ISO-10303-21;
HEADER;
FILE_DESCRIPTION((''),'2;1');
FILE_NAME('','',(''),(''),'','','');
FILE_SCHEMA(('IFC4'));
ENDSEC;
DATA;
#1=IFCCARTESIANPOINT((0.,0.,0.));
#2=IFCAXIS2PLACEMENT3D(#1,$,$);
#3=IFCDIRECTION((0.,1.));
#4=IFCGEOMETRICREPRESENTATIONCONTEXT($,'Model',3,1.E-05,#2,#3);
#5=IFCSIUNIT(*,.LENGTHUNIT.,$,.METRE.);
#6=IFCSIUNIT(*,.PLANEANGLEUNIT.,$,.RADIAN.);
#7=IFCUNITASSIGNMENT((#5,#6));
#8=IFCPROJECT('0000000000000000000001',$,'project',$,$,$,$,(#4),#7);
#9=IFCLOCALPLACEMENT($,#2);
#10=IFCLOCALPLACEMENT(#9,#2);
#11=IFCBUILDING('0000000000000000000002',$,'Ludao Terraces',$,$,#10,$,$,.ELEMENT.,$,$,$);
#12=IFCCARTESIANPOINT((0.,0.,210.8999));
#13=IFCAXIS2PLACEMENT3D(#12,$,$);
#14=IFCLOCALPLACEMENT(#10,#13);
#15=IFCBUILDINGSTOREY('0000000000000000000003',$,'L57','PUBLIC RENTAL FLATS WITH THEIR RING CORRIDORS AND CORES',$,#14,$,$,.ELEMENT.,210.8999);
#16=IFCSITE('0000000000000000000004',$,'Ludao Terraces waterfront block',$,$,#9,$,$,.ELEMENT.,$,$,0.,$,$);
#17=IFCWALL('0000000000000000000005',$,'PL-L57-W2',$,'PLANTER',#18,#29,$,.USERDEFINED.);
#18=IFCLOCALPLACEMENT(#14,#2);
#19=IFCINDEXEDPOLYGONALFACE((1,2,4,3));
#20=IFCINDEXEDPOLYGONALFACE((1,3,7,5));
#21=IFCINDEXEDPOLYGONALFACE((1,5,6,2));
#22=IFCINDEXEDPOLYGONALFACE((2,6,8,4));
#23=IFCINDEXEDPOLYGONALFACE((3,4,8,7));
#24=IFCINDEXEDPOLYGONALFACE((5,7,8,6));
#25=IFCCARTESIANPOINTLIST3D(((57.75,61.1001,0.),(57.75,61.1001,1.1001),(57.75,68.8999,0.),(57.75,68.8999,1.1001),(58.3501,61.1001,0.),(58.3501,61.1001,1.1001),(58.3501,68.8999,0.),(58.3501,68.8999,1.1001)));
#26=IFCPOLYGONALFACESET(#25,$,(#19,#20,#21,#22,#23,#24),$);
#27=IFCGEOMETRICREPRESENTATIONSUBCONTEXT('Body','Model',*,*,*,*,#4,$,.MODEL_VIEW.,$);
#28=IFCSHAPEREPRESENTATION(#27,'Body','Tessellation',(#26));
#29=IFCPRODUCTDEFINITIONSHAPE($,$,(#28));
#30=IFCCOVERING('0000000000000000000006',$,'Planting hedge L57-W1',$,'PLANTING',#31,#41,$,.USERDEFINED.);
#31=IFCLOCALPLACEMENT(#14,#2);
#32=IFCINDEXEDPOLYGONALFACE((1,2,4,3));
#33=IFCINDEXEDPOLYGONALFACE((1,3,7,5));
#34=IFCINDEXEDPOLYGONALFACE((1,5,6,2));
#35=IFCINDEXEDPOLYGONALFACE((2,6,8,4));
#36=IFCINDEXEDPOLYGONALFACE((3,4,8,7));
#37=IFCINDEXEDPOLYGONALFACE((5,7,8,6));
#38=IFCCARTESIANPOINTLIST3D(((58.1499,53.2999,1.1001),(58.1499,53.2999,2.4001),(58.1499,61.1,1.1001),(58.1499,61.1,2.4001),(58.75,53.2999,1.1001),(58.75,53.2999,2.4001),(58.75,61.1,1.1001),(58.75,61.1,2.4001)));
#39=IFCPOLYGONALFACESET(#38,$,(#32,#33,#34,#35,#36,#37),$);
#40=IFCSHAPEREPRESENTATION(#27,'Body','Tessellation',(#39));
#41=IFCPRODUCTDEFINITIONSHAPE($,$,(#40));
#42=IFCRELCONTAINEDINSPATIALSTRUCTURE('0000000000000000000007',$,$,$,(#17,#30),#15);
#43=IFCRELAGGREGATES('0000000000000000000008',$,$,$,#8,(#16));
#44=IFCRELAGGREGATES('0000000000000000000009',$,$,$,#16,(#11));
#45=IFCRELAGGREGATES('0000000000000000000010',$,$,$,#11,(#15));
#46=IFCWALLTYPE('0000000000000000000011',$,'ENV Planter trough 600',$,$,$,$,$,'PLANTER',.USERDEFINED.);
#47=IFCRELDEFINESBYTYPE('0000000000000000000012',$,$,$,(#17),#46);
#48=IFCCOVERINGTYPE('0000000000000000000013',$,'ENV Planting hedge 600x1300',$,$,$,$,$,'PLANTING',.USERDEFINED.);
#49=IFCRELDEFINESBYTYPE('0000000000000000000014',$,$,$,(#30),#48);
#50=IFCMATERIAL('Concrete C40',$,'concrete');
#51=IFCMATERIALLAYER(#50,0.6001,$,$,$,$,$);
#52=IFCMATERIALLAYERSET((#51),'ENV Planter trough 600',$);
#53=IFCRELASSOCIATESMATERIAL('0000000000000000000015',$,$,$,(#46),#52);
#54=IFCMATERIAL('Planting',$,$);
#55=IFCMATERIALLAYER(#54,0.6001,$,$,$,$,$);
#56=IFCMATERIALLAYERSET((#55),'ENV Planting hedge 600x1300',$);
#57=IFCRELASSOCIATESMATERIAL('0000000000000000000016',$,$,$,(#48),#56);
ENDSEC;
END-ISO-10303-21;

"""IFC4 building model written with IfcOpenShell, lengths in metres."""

from ifc_helpers import new_model, si_unit, direction, frame, frame_2d, origin, origin_2d, place, context, subcontext, project, spatial, rectangle, extrude, material, layer, layer_set, type_object, element, save


model = new_model("IFC4")

# Units and contexts
model_context = context("Model", 3, precision=1e-05, world=origin(), true_north=direction((0.0, 1.0)))
body_context = subcontext(model_context, "Body", "Model", "MODEL_VIEW")
ifc_project = project(units=[si_unit("LENGTHUNIT", "METRE"), si_unit("PLANEANGLEUNIT", "RADIAN")], contexts=[model_context])

# Site, building, storey
site_placement = place(None, origin())
site = spatial("IfcSite", under=ifc_project, at=site_placement, Name="Ludao Terraces waterfront block", CompositionType="ELEMENT", RefElevation=0.0)
building_placement = place(site_placement, origin())
building = spatial("IfcBuilding", under=site, at=building_placement, Name="Ludao Terraces", CompositionType="ELEMENT")
storey_placement = place(building_placement, frame((0.0, 0.0, 210.8999)))
storey = spatial("IfcBuildingStorey", under=building, at=storey_placement, Name="L57", Description="PUBLIC RENTAL FLATS WITH THEIR RING CORRIDORS AND CORES", CompositionType="ELEMENT", Elevation=210.8999)

# Shared definitions
ifc_material_1 = material(Name="Concrete C40", Category="concrete")

# Wall
ifc_layer_1 = layer(ifc_material_1, 0.6001)
ifc_layer_set_1 = layer_set([ifc_layer_1], Name="ENV Planter trough 600")
wall_type = type_object("IfcWallType", Name="ENV Planter trough 600", ElementType="PLANTER", PredefinedType="USERDEFINED", material=ifc_layer_set_1)
wall_1_placement = place(storey_placement, frame((58.05, 61.1001, 0.0), z_axis=(0.0, 0.0, 1.0), x_axis=(0.0, 1.0, 0.0)))
element("IfcWall", 1, at=wall_1_placement, inside=storey, type_object=wall_type, Name="PL-L57-W2", ObjectType="PLANTER", PredefinedType="USERDEFINED", context=body_context, shape_type="SweptSolid", body=[
    extrude(rectangle(XDim=7.7998, YDim=0.6001, at=frame_2d((3.8999, 0.0))), origin(), (0.0, 0.0, 1.0), 1.1001),
])

# Covering
ifc_material_2 = material(Name="Planting")
ifc_layer_2 = layer(ifc_material_2, 0.6001)
ifc_layer_set_2 = layer_set([ifc_layer_2], Name="ENV Planting hedge 600x1300")
covering_type = type_object("IfcCoveringType", Name="ENV Planting hedge 600x1300", ElementType="PLANTING", PredefinedType="USERDEFINED", material=ifc_layer_set_2)
covering_placement = place(storey_placement, frame((58.45, 57.2, 1.1001), z_axis=(0.0, 0.0, 1.0), x_axis=(1.0, 0.0, 0.0)))
element("IfcCovering", 2, at=covering_placement, inside=storey, type_object=covering_type, Name="Planting hedge L57-W1", ObjectType="PLANTING", PredefinedType="USERDEFINED", context=body_context, shape_type="SweptSolid", body=[
    extrude(rectangle(XDim=0.6001, YDim=7.8, at=origin_2d()), origin(), (0.0, 0.0, 1.0), 1.3),
])

save(model, "model.ifc")
